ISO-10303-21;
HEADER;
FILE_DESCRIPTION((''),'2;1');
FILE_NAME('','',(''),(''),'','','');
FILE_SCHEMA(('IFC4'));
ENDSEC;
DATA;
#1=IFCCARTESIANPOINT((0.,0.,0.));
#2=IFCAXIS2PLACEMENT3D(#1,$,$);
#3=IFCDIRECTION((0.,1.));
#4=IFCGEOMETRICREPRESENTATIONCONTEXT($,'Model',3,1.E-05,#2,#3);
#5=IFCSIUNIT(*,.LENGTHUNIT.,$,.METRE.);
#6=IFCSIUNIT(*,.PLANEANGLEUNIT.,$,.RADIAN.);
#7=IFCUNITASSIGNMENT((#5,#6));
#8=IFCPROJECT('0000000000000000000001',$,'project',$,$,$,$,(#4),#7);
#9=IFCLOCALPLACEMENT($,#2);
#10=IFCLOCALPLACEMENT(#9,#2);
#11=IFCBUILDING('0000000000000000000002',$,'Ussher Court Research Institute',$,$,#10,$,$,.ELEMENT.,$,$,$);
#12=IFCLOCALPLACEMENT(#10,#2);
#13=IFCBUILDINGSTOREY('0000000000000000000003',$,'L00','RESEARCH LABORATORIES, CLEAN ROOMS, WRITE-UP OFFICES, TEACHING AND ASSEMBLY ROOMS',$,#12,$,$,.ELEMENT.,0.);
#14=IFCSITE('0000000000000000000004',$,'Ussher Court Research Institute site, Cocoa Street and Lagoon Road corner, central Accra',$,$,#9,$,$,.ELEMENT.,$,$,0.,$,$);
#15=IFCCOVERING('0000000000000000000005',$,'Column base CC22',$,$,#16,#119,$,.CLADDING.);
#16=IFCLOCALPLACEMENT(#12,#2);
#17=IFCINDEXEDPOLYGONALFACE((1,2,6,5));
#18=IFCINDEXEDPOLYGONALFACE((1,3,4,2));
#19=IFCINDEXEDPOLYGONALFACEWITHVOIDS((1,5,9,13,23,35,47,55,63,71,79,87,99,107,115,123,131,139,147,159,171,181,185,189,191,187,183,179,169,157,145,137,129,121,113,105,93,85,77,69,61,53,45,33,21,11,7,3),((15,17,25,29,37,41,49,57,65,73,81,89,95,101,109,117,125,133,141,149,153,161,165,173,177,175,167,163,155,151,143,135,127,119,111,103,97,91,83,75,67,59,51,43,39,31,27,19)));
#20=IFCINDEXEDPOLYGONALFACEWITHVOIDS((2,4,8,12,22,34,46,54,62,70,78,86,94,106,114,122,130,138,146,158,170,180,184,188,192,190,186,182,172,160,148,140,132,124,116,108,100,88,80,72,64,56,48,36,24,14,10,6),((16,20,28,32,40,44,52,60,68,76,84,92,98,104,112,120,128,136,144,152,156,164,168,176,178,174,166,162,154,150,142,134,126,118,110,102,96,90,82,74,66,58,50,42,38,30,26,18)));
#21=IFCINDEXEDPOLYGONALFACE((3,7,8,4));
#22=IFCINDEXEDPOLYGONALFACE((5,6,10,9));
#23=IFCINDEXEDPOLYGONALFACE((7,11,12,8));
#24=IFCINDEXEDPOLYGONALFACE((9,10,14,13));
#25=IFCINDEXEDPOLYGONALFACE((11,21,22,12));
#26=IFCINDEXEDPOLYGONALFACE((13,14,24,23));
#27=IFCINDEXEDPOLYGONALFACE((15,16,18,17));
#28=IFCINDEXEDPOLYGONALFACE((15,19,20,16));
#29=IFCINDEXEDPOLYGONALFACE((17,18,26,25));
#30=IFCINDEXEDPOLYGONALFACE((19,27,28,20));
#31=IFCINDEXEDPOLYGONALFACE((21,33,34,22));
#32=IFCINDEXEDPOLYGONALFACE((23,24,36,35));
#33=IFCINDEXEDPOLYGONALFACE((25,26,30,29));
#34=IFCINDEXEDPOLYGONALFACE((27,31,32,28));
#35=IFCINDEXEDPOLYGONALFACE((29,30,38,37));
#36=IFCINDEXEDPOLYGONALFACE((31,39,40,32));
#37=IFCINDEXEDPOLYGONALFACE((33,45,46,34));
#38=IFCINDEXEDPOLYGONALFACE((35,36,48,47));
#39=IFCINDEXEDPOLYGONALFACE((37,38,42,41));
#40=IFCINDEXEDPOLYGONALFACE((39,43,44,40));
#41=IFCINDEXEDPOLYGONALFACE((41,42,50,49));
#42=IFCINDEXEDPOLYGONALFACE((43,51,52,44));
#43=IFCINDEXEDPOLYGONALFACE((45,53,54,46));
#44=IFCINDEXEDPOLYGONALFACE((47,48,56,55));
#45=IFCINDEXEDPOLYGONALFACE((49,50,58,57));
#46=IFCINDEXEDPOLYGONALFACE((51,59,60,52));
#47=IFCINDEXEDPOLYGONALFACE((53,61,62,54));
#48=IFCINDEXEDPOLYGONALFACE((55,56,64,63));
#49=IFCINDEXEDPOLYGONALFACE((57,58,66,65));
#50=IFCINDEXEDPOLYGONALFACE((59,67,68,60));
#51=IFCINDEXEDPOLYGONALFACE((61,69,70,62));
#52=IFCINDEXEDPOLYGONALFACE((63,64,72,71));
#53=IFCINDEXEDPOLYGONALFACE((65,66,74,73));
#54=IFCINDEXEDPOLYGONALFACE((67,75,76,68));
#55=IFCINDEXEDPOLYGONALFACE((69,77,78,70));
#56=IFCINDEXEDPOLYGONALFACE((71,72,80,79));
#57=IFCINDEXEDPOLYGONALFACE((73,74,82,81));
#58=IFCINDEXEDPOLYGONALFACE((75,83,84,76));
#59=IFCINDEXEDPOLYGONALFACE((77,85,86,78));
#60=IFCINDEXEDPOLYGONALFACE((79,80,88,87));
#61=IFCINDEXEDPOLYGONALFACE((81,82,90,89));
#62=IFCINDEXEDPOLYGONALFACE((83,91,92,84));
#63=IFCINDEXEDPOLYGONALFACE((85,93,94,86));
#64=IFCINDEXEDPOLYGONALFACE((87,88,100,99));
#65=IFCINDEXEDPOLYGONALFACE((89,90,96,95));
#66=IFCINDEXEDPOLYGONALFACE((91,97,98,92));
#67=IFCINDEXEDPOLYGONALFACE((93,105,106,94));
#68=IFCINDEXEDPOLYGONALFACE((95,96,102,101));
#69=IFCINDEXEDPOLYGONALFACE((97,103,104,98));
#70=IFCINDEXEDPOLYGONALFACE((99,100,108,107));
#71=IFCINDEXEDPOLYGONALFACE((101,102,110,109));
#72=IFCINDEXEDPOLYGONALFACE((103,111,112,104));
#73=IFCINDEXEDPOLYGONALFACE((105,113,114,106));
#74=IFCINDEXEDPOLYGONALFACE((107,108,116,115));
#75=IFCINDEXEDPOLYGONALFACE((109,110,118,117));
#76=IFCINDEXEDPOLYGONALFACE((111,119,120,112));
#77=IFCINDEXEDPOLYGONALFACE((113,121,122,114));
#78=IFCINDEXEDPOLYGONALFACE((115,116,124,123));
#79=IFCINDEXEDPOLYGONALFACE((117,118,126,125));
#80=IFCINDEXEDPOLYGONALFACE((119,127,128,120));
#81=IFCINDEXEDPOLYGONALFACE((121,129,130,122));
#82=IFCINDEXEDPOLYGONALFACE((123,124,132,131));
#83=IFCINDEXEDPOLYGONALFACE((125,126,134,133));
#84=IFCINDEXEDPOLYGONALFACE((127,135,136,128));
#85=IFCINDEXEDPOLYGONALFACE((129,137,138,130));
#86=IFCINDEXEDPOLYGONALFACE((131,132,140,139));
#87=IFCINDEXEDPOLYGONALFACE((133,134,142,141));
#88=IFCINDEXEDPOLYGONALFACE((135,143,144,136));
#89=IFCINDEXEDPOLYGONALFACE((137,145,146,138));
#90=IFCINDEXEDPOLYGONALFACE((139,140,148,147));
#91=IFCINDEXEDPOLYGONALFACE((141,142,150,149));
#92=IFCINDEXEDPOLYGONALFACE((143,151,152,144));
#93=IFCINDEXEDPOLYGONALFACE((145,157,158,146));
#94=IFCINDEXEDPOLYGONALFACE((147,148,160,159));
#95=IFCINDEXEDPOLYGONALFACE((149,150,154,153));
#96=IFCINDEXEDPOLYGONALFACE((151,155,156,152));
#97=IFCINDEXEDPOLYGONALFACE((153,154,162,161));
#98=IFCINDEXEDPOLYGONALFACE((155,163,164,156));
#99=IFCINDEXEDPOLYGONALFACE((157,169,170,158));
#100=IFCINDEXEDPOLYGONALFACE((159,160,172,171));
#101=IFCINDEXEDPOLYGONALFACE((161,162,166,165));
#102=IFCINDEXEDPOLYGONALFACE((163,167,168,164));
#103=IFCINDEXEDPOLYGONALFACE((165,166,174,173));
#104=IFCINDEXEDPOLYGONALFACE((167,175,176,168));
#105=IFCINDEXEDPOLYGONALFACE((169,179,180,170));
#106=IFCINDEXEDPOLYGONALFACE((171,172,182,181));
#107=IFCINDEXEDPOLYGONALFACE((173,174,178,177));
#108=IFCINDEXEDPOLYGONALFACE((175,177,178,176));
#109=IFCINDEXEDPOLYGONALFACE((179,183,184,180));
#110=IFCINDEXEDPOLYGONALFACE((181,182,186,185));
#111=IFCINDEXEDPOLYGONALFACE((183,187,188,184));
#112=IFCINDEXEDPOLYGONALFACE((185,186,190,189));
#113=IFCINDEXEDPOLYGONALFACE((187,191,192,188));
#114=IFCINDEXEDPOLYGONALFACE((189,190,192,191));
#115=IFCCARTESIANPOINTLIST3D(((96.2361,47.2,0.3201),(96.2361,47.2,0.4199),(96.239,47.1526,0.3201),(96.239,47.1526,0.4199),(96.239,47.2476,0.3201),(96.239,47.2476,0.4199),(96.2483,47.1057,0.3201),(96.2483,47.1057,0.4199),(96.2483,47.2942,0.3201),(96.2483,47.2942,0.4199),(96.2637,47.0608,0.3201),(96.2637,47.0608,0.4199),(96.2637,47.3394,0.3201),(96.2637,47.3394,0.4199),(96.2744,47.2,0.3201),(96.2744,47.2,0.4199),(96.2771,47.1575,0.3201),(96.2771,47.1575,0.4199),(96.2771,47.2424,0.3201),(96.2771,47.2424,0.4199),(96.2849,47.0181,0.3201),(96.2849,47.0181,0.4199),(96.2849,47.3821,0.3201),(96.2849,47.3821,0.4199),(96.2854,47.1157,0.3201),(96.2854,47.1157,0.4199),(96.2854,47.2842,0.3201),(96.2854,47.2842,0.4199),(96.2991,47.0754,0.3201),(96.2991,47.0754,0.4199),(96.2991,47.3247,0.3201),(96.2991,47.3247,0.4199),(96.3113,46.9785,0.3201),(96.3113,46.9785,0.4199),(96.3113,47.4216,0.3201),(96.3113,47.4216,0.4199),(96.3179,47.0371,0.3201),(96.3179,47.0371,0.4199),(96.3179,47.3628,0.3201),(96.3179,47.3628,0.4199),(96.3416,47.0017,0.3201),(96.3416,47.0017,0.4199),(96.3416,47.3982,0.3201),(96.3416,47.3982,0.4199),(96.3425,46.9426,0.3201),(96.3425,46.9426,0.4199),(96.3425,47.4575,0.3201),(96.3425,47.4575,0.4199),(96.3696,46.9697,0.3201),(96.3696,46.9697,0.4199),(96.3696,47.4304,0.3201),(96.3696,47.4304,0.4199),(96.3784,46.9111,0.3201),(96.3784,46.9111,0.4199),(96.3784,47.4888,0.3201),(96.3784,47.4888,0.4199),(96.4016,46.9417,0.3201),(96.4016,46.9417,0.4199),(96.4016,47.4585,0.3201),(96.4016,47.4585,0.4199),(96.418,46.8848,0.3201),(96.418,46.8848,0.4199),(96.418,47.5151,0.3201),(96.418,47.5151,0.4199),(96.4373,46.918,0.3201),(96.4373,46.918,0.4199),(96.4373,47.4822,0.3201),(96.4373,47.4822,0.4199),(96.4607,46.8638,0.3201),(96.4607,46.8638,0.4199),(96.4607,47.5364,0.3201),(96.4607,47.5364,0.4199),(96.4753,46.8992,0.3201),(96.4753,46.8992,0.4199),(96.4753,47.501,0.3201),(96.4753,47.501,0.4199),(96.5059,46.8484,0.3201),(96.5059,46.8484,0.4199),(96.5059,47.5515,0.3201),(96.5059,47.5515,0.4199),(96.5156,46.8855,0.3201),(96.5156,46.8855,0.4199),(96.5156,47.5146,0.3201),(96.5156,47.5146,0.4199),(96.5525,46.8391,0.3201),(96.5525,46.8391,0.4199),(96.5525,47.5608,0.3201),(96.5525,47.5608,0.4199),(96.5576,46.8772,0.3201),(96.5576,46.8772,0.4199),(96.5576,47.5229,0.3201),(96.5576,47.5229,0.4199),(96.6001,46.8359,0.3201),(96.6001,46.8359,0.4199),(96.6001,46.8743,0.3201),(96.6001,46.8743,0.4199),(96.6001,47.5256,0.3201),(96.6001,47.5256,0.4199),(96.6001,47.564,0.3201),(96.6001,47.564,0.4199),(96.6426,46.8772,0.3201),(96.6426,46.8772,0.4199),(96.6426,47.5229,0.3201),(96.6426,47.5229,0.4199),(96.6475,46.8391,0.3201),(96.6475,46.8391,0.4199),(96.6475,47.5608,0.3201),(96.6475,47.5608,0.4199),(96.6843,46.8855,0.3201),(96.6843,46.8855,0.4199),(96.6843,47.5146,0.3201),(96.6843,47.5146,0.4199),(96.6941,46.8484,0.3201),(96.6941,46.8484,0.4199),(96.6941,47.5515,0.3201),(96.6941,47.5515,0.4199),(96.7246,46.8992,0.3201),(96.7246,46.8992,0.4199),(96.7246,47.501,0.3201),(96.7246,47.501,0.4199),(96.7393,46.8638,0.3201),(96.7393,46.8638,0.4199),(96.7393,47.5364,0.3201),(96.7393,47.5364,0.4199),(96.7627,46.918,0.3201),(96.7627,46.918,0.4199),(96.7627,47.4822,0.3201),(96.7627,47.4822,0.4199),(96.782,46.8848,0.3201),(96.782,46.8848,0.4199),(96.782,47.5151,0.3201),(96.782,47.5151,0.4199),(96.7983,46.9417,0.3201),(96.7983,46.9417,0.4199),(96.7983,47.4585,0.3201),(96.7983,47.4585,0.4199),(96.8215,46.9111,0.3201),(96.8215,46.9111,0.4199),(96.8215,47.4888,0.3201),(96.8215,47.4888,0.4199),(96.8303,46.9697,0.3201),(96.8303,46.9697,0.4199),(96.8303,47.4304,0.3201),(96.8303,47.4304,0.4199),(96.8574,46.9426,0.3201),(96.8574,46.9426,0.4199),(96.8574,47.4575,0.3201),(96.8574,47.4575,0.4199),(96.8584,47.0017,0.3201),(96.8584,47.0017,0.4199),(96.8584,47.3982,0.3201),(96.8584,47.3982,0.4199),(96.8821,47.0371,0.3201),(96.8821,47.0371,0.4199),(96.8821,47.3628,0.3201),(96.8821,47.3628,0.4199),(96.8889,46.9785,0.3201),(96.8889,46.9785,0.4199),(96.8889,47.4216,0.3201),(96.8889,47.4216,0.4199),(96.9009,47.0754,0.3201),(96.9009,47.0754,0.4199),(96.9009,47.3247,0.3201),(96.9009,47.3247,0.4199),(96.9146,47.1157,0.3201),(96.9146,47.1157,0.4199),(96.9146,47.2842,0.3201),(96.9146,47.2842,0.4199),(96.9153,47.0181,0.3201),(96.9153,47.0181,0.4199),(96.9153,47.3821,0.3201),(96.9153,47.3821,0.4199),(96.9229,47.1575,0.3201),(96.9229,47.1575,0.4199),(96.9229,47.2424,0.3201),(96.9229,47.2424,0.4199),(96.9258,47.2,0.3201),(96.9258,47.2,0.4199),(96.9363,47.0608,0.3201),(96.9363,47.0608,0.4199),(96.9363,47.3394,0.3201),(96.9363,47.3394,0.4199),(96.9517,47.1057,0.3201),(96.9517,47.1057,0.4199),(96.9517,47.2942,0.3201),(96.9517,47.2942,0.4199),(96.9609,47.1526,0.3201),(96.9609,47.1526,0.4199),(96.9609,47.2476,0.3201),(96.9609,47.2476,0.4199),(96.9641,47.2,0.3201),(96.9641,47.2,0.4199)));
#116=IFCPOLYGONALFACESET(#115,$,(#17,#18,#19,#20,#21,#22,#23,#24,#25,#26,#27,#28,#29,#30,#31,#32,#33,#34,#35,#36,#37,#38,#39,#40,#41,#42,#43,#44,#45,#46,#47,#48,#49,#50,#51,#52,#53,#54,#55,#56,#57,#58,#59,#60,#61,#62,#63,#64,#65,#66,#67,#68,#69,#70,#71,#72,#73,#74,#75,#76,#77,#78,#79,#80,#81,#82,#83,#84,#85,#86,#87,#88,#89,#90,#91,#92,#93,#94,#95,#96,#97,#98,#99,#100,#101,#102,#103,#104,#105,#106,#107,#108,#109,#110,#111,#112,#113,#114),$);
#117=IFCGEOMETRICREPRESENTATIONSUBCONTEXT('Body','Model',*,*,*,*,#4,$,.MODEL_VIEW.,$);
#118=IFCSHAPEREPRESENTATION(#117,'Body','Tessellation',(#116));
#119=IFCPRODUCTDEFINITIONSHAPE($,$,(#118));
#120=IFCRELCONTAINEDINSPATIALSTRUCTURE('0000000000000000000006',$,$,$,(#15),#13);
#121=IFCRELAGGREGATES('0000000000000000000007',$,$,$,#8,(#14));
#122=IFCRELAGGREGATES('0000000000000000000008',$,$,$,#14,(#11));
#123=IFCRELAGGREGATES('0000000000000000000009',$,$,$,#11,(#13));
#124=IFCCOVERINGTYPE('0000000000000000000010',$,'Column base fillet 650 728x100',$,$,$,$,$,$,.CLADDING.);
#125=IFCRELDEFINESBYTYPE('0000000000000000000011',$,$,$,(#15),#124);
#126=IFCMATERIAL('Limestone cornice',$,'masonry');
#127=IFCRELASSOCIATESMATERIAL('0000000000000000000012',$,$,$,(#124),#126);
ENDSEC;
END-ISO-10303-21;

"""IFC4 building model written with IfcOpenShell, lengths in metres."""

from ifc_helpers import new_model, si_unit, direction, frame, origin, place, context, subcontext, project, spatial, polyline, outline, extrude, material, type_object, element, save


model = new_model("IFC4")

# Units and contexts
model_context = context("Model", 3, precision=1e-05, world=origin(), true_north=direction((0.0, 1.0)))
body_context = subcontext(model_context, "Body", "Model", "MODEL_VIEW")
ifc_project = project(units=[si_unit("LENGTHUNIT", "METRE"), si_unit("PLANEANGLEUNIT", "RADIAN")], contexts=[model_context])

# Site, building, storey
site_placement = place(None, origin())
site = spatial("IfcSite", under=ifc_project, at=site_placement, Name="Ussher Court Research Institute site, Cocoa Street and Lagoon Road corner, central Accra", CompositionType="ELEMENT", RefElevation=0.0)
building_placement = place(site_placement, origin())
building = spatial("IfcBuilding", under=site, at=building_placement, Name="Ussher Court Research Institute", CompositionType="ELEMENT")
storey_placement = place(building_placement, origin())
storey = spatial("IfcBuildingStorey", under=building, at=storey_placement, Name="L00", Description="RESEARCH LABORATORIES, CLEAN ROOMS, WRITE-UP OFFICES, TEACHING AND ASSEMBLY ROOMS", CompositionType="ELEMENT", Elevation=0.0)

# Covering
ifc_material_1 = material(Name="Limestone cornice", Category="masonry")
covering_type_1 = type_object("IfcCoveringType", Name="Column base fillet 650 728x100", PredefinedType="CLADDING", material=ifc_material_1)
covering_1_placement = place(storey_placement, frame((0.0, 0.0, 0.3201)))
element("IfcCovering", 1, at=covering_1_placement, inside=storey, type_object=covering_type_1, Name="Column base CC22", PredefinedType="CLADDING", context=body_context, shape_type="SweptSolid", body=[
    extrude(outline(polyline([(96.9641, 47.2), (96.9609, 47.2476), (96.9517, 47.2942), (96.9363, 47.3394), (96.9153, 47.3821), (96.8889, 47.4216), (96.8574, 47.4575), (96.8215, 47.4888), (96.782, 47.5151), (96.7393, 47.5364), (96.6941, 47.5515), (96.6475, 47.5608), (96.6001, 47.564), (96.5525, 47.5608), (96.5059, 47.5515), (96.4607, 47.5364), (96.418, 47.5151), (96.3784, 47.4888), (96.3425, 47.4575), (96.3113, 47.4216), (96.2849, 47.3821), (96.2637, 47.3394), (96.2483, 47.2942), (96.239, 47.2476), (96.2361, 47.2), (96.239, 47.1526), (96.2483, 47.1057), (96.2637, 47.0608), (96.2849, 47.0181), (96.3113, 46.9785), (96.3425, 46.9426), (96.3784, 46.9111), (96.418, 46.8848), (96.4607, 46.8638), (96.5059, 46.8484), (96.5525, 46.8391), (96.6001, 46.8359), (96.6475, 46.8391), (96.6941, 46.8484), (96.7393, 46.8638), (96.782, 46.8848), (96.8215, 46.9111), (96.8574, 46.9426), (96.8889, 46.9785), (96.9153, 47.0181), (96.9363, 47.0608), (96.9517, 47.1057), (96.9609, 47.1526), (96.9641, 47.2)]), holes=[polyline([(96.9258, 47.2), (96.9229, 47.2424), (96.9146, 47.2842), (96.9009, 47.3247), (96.8821, 47.3628), (96.8584, 47.3982), (96.8303, 47.4304), (96.7983, 47.4585), (96.7627, 47.4822), (96.7246, 47.501), (96.6843, 47.5146), (96.6426, 47.5229), (96.6001, 47.5256), (96.5576, 47.5229), (96.5156, 47.5146), (96.4753, 47.501), (96.4373, 47.4822), (96.4016, 47.4585), (96.3696, 47.4304), (96.3416, 47.3982), (96.3179, 47.3628), (96.2991, 47.3247), (96.2854, 47.2842), (96.2771, 47.2424), (96.2744, 47.2), (96.2771, 47.1575), (96.2854, 47.1157), (96.2991, 47.0754), (96.3179, 47.0371), (96.3416, 47.0017), (96.3696, 46.9697), (96.4016, 46.9417), (96.4373, 46.918), (96.4753, 46.8992), (96.5156, 46.8855), (96.5576, 46.8772), (96.6001, 46.8743), (96.6426, 46.8772), (96.6843, 46.8855), (96.7246, 46.8992), (96.7627, 46.918), (96.7983, 46.9417), (96.8303, 46.9697), (96.8584, 47.0017), (96.8821, 47.0371), (96.9009, 47.0754), (96.9146, 47.1157), (96.9229, 47.1575), (96.9258, 47.2)])]), origin(), (0.0, 0.0, 1.0), 0.0999),
])

save(model, "model.ifc")
